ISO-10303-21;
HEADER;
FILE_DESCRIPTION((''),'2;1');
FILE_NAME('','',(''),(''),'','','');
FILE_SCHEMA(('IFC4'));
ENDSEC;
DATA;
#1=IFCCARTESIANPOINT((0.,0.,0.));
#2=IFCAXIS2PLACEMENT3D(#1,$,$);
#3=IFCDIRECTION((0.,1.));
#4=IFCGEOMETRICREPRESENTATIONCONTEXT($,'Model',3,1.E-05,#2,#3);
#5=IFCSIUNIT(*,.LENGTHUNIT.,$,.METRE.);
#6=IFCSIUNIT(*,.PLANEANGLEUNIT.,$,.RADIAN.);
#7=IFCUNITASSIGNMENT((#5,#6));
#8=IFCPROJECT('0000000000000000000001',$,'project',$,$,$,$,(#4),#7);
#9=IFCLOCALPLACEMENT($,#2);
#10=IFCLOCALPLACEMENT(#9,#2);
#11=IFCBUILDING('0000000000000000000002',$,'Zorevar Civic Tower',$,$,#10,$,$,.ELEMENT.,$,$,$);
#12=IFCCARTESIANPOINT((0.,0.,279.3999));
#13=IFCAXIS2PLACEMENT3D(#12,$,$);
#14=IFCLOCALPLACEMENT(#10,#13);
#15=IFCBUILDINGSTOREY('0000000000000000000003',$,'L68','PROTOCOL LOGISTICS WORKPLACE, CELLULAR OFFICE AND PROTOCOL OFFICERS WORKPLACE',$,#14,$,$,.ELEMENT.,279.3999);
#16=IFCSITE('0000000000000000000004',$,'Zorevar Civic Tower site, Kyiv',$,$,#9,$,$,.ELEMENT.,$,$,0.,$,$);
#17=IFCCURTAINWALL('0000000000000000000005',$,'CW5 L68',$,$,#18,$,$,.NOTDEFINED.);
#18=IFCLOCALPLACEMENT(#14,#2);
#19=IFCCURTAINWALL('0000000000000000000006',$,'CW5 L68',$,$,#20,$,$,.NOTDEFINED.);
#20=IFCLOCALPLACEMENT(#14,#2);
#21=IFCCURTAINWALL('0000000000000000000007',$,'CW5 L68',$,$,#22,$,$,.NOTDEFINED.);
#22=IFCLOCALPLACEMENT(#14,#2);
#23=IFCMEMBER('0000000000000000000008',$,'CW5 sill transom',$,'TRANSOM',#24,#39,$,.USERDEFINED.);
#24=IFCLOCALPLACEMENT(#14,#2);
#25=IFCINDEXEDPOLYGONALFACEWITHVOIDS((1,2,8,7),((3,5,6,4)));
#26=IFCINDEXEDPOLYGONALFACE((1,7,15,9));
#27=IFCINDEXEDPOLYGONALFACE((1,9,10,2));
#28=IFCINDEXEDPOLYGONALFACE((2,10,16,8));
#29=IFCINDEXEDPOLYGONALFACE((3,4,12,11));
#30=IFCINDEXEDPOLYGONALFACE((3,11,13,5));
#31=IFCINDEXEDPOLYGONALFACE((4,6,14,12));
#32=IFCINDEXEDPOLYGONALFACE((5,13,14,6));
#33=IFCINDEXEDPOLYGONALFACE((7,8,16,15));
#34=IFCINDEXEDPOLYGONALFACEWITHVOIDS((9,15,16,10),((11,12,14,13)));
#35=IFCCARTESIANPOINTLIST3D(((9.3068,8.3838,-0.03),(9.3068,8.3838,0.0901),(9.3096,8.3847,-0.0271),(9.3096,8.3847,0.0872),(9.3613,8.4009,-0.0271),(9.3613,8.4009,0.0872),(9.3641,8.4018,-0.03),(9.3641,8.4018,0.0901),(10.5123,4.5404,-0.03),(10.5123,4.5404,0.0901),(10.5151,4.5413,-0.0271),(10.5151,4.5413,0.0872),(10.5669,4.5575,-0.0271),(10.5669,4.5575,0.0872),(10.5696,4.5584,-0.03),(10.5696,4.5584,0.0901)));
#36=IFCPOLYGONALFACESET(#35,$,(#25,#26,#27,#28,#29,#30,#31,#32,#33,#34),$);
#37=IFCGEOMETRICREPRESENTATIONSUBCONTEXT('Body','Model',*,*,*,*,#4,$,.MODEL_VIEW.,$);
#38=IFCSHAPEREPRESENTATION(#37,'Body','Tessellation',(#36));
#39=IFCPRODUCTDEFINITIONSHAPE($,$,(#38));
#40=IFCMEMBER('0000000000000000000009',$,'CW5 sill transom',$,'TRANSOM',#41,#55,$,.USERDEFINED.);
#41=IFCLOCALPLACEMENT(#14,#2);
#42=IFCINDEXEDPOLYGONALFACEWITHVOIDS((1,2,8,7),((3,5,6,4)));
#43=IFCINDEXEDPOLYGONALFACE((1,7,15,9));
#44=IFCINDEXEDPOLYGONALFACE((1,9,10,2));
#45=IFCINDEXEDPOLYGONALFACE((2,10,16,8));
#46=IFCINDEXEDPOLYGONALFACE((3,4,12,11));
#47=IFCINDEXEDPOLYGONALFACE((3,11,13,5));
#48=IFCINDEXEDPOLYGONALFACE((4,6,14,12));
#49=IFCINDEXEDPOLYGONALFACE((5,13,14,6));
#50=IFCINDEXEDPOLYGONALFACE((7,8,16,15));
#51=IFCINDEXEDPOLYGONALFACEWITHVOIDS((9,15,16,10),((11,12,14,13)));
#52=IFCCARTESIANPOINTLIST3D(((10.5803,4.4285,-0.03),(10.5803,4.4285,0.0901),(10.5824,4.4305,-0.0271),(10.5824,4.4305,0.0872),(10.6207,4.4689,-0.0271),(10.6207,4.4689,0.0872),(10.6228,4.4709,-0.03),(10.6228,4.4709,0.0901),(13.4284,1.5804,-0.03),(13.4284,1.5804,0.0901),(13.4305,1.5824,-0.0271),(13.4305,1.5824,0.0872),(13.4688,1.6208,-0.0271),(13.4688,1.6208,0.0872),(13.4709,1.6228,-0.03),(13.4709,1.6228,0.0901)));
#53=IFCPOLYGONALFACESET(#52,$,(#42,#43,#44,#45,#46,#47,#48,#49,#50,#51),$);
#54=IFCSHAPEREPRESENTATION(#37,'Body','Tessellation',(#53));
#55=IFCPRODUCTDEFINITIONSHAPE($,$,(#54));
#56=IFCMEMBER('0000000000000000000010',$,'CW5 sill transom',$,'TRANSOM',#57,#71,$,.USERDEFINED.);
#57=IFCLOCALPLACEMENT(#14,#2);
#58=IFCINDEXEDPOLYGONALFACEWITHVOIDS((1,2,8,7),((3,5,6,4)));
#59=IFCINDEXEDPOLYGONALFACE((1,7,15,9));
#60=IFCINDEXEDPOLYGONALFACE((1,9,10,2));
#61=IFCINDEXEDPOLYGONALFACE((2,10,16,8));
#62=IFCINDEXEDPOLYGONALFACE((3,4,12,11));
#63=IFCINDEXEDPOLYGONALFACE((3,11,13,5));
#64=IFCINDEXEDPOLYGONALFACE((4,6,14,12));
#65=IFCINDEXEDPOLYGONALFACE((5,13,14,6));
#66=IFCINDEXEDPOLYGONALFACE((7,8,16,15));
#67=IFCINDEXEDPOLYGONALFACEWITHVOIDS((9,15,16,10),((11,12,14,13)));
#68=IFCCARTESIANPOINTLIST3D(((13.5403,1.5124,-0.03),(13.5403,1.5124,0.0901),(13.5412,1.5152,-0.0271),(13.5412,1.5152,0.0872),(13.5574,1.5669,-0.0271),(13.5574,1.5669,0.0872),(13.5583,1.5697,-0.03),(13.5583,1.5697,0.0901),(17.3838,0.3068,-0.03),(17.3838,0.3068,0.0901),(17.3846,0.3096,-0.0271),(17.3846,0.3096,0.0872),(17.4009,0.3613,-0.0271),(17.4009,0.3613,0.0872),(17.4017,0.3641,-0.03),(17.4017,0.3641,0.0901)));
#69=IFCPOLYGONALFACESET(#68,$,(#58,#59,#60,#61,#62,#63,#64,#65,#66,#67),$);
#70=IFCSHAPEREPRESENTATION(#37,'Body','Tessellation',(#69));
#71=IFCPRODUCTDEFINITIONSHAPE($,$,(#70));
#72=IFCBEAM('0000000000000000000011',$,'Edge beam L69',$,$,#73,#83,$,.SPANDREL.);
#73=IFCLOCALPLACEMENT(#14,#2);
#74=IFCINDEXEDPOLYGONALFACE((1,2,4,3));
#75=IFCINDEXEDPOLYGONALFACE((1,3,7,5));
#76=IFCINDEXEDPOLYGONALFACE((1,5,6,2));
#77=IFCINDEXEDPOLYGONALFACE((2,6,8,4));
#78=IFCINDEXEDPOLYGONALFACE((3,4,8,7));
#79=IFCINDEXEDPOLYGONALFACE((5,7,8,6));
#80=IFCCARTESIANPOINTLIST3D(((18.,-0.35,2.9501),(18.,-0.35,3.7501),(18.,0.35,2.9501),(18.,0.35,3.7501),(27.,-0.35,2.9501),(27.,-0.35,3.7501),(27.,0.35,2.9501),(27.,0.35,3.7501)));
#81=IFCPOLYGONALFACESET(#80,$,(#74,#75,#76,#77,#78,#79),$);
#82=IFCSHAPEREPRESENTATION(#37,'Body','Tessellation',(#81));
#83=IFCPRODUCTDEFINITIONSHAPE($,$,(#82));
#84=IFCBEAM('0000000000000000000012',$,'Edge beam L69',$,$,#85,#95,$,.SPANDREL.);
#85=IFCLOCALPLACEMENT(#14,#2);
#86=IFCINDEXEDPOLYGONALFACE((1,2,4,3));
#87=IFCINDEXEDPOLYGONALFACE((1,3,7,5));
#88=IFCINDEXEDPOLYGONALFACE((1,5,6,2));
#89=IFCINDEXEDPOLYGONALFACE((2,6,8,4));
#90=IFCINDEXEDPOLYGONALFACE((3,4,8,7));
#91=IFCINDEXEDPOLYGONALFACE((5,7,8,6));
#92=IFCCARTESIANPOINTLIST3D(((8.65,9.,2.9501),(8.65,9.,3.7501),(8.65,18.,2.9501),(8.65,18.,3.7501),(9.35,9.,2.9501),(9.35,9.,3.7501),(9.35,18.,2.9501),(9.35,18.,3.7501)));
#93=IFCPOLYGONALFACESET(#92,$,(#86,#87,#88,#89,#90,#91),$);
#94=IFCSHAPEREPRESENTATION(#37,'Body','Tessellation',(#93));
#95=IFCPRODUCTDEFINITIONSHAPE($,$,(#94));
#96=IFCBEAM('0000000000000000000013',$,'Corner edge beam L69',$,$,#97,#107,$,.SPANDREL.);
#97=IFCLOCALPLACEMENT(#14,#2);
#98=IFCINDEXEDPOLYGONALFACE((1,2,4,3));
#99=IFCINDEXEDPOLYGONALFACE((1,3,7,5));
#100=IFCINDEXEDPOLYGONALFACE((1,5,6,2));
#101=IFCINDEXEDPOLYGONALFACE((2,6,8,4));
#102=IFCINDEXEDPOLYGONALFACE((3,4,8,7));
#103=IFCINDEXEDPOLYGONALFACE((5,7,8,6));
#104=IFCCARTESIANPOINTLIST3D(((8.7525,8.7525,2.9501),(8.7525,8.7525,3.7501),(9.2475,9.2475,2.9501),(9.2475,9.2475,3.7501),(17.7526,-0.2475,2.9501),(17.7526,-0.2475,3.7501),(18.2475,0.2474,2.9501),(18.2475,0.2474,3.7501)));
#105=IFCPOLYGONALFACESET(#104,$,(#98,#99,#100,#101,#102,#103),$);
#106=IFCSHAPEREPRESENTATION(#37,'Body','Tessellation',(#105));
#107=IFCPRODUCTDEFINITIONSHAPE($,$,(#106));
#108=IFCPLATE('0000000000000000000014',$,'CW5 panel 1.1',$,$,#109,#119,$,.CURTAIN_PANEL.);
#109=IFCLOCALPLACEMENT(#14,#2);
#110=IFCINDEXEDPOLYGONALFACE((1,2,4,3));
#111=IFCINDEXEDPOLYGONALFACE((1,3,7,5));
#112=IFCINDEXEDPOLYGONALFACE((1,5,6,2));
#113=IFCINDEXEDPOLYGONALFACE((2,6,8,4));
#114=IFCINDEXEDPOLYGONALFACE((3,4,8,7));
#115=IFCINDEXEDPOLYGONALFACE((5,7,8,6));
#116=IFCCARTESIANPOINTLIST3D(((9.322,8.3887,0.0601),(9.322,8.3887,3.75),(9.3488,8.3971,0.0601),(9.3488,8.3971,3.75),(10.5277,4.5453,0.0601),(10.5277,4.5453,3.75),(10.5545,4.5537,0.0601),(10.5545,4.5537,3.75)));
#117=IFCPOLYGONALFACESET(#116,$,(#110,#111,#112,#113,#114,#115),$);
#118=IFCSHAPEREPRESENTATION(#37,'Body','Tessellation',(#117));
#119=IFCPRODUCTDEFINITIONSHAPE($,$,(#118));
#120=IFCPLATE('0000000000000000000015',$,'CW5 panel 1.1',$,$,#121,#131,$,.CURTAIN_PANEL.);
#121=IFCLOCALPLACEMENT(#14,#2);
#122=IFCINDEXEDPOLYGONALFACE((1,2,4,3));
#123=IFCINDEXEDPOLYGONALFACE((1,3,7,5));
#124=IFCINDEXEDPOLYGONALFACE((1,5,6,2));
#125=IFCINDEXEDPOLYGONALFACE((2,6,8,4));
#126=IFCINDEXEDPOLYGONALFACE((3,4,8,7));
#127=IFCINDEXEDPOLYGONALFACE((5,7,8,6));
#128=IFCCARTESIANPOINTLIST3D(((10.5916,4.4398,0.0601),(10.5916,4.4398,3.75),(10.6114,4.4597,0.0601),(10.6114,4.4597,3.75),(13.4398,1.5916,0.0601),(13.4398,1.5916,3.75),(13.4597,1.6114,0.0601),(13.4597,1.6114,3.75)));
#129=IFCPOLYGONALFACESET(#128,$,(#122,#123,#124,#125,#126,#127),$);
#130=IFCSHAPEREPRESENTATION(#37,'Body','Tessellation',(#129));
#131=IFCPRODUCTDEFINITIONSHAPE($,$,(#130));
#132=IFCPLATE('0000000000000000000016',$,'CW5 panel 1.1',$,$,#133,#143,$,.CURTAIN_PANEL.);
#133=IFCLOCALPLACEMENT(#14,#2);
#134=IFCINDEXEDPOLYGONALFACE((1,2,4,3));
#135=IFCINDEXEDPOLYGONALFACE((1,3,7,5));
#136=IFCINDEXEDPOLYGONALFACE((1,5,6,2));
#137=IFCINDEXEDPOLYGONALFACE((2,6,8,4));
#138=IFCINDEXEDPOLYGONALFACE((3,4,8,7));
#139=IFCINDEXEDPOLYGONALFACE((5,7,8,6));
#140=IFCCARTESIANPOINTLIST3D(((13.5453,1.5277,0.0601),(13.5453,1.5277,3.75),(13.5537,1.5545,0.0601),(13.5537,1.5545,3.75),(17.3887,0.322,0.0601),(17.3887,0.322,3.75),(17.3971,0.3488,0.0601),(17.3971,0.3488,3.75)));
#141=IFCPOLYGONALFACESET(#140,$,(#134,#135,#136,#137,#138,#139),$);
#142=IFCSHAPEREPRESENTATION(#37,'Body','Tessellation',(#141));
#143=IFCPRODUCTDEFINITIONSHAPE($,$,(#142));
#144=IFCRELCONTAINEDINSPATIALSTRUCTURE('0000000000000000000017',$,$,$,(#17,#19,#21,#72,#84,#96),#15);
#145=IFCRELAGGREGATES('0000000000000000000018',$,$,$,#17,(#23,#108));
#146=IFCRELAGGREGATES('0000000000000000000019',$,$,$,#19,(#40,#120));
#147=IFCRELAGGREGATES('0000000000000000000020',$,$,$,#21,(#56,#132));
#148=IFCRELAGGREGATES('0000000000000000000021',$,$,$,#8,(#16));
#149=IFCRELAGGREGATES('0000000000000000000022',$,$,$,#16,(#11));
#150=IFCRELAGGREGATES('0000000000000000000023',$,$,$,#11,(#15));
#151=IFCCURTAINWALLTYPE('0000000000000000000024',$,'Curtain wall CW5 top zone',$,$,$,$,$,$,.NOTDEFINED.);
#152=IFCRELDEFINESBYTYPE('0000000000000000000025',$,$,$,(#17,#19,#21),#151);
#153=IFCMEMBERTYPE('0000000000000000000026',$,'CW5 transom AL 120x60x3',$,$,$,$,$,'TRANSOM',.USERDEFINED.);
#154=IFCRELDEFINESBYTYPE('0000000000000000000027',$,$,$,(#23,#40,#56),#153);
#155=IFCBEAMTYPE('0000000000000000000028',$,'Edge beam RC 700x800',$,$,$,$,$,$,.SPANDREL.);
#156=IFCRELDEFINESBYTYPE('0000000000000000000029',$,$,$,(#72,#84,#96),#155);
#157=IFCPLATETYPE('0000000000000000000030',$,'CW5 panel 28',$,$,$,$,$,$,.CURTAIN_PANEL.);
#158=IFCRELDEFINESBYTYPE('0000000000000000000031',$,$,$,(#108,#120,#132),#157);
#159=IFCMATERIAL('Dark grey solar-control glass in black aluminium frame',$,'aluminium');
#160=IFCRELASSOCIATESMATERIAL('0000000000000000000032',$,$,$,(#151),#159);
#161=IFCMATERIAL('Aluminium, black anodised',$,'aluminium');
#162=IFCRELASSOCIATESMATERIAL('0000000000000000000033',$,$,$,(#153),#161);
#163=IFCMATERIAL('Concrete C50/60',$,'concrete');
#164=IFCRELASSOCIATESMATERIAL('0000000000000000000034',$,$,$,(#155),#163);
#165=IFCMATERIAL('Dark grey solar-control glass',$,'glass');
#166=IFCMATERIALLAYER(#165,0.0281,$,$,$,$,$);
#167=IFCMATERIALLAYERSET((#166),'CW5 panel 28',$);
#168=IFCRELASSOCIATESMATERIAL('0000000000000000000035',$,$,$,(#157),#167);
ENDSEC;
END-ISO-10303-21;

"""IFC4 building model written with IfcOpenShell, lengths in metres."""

from ifc_helpers import new_model, si_unit, direction, frame, origin, origin_2d, place, context, subcontext, project, spatial, rectangle, hollow_rectangle, extrude, material, layer, layer_set, material_profile, profile_set, type_object, element, aggregate, save


model = new_model("IFC4")

# Units and contexts
model_context = context("Model", 3, precision=1e-05, world=origin(), true_north=direction((0.0, 1.0)))
body_context = subcontext(model_context, "Body", "Model", "MODEL_VIEW")
ifc_project = project(units=[si_unit("LENGTHUNIT", "METRE"), si_unit("PLANEANGLEUNIT", "RADIAN")], contexts=[model_context])

# Site, building, storey
site_placement = place(None, origin())
site = spatial("IfcSite", under=ifc_project, at=site_placement, Name="Zorevar Civic Tower site, Kyiv", CompositionType="ELEMENT", RefElevation=0.0)
building_placement = place(site_placement, origin())
building = spatial("IfcBuilding", under=site, at=building_placement, Name="Zorevar Civic Tower", CompositionType="ELEMENT")
storey_placement = place(building_placement, frame((0.0, 0.0, 279.3999)))
storey = spatial("IfcBuildingStorey", under=building, at=storey_placement, Name="L68", Description="PROTOCOL LOGISTICS WORKPLACE, CELLULAR OFFICE AND PROTOCOL OFFICERS WORKPLACE", CompositionType="ELEMENT", Elevation=279.3999)

# Shared definitions
ifc_material_1 = material(Name="Dark grey solar-control glass in black aluminium frame", Category="aluminium")
curtain_wall_type = type_object("IfcCurtainWallType", Name="Curtain wall CW5 top zone", PredefinedType="NOTDEFINED", material=ifc_material_1)

# Curtain walls
curtain_wall_1_placement = place(storey_placement, origin())
curtain_wall_1 = element("IfcCurtainWall", 1, at=curtain_wall_1_placement, inside=storey, type_object=curtain_wall_type, Name="CW5 L68", PredefinedType="NOTDEFINED")
curtain_wall_2_placement = place(storey_placement, origin())
curtain_wall_2 = element("IfcCurtainWall", 2, at=curtain_wall_2_placement, inside=storey, type_object=curtain_wall_type, Name="CW5 L68", PredefinedType="NOTDEFINED")
curtain_wall_3_placement = place(storey_placement, origin())
curtain_wall_3 = element("IfcCurtainWall", 3, at=curtain_wall_3_placement, inside=storey, type_object=curtain_wall_type, Name="CW5 L68", PredefinedType="NOTDEFINED")

# Members
ifc_material_2 = material(Name="Aluminium, black anodised", Category="aluminium")
ifc_material_profile_1 = material_profile(ifc_material_2, hollow_rectangle(XDim=0.0601, YDim=0.1201, WallThickness=0.0029, at=origin_2d()), Name="AL 120x60x3")
ifc_profile_set_1 = profile_set([ifc_material_profile_1], Name="Aluminium, black anodised")
member_type_1 = type_object("IfcMemberType", Name="CW5 transom AL 120x60x3", ElementType="TRANSOM", PredefinedType="USERDEFINED", material=ifc_profile_set_1)
member_1_placement = place(storey_placement, frame((9.3354, 8.3928, 0.03), z_axis=(0.299286, -0.954163, 0.0), x_axis=(0.954163, 0.299286, 0.0)))
member_1 = element("IfcMember", 4, at=member_1_placement, type_object=member_type_1, Name="CW5 sill transom", ObjectType="TRANSOM", PredefinedType="USERDEFINED", context=body_context, shape_type="SweptSolid", body=[
    extrude(hollow_rectangle(XDim=0.0601, YDim=0.1201, WallThickness=0.0029, at=origin_2d()), origin(), (0.0, 0.0, 1.0), 4.0281),
])
member_2_placement = place(storey_placement, frame((10.6016, 4.4497, 0.03), z_axis=(0.707107, -0.707107, 0.0), x_axis=(0.707107, 0.707107, 0.0)))
member_2 = element("IfcMember", 5, at=member_2_placement, type_object=member_type_1, Name="CW5 sill transom", ObjectType="TRANSOM", PredefinedType="USERDEFINED", context=body_context, shape_type="SweptSolid", body=[
    extrude(hollow_rectangle(XDim=0.0601, YDim=0.1201, WallThickness=0.0029, at=origin_2d()), origin(), (0.0, 0.0, 1.0), 4.0278),
])
member_3_placement = place(storey_placement, frame((13.5493, 1.541, 0.03), z_axis=(0.954163, -0.299286, 0.0), x_axis=(0.299286, 0.954163, 0.0)))
member_3 = element("IfcMember", 6, at=member_3_placement, type_object=member_type_1, Name="CW5 sill transom", ObjectType="TRANSOM", PredefinedType="USERDEFINED", context=body_context, shape_type="SweptSolid", body=[
    extrude(hollow_rectangle(XDim=0.0601, YDim=0.1201, WallThickness=0.0029, at=origin_2d()), origin(), (0.0, 0.0, 1.0), 4.0281),
])

# Beams
ifc_material_3 = material(Name="Concrete C50/60", Category="concrete")
ifc_material_profile_2 = material_profile(ifc_material_3, rectangle(XDim=0.7, YDim=0.8, at=origin_2d()), Name="RC 700x800")
ifc_profile_set_2 = profile_set([ifc_material_profile_2], Name="Concrete C50/60")
beam_type_1 = type_object("IfcBeamType", Name="Edge beam RC 700x800", PredefinedType="SPANDREL", material=ifc_profile_set_2)
for number, where, z_axis, x_axis, name in (
    (7, (18.0, 0.0, 3.3501), (1.0, 0.0, 0.0), (0.0, 1.0, 0.0), "Edge beam L69"),
    (8, (9.0, 9.0, 3.3501), (0.0, 1.0, 0.0), (-1.0, 0.0, 0.0), "Edge beam L69"),
):
    element("IfcBeam", number, at=place(storey_placement, frame(where, z_axis=z_axis, x_axis=x_axis)), inside=storey, type_object=beam_type_1, Name=name, PredefinedType="SPANDREL", context=body_context, shape_type="SweptSolid", body=[
        extrude(rectangle(XDim=0.7, YDim=0.8, at=origin_2d()), origin(), (0.0, 0.0, 1.0), 9.0),
    ])
beam_1_placement = place(storey_placement, frame((9.0, 9.0, 3.3501), z_axis=(0.707107, -0.707107, 0.0), x_axis=(0.707107, 0.707107, 0.0)))
element("IfcBeam", 9, at=beam_1_placement, inside=storey, type_object=beam_type_1, Name="Corner edge beam L69", PredefinedType="SPANDREL", context=body_context, shape_type="SweptSolid", body=[
    extrude(rectangle(XDim=0.7, YDim=0.8, at=origin_2d()), origin(), (0.0, 0.0, 1.0), 12.728),
])

# Plates
ifc_material_4 = material(Name="Dark grey solar-control glass", Category="glass")
ifc_layer = layer(ifc_material_4, 0.0281)
ifc_layer_set = layer_set([ifc_layer], Name="CW5 panel 28")
plate_type = type_object("IfcPlateType", Name="CW5 panel 28", PredefinedType="CURTAIN_PANEL", material=ifc_layer_set)
plate_1_placement = place(storey_placement, frame((9.9382, 6.4712, 0.0601), z_axis=(0.0, 0.0, 1.0), x_axis=(0.299318, -0.954153, 0.0)))
plate_1 = element("IfcPlate", 10, at=plate_1_placement, type_object=plate_type, Name="CW5 panel 1.1", PredefinedType="CURTAIN_PANEL", context=body_context, shape_type="SweptSolid", body=[
    extrude(rectangle(XDim=4.0281, YDim=0.0281, at=origin_2d()), origin(), (0.0, 0.0, 1.0), 3.6899),
])
aggregate(curtain_wall_1, [member_1, plate_1])
plate_2_placement = place(storey_placement, frame((12.0256, 3.0256, 0.0601), z_axis=(0.0, 0.0, 1.0), x_axis=(0.707107, -0.707107, 0.0)))
plate_2 = element("IfcPlate", 11, at=plate_2_placement, type_object=plate_type, Name="CW5 panel 1.1", PredefinedType="CURTAIN_PANEL", context=body_context, shape_type="SweptSolid", body=[
    extrude(rectangle(XDim=4.0281, YDim=0.0281, at=origin_2d()), origin(), (0.0, 0.0, 1.0), 3.6899),
])
aggregate(curtain_wall_2, [member_2, plate_2])
plate_3_placement = place(storey_placement, frame((15.4712, 0.9382, 0.0601), z_axis=(0.0, 0.0, 1.0), x_axis=(0.954153, -0.299318, 0.0)))
plate_3 = element("IfcPlate", 12, at=plate_3_placement, type_object=plate_type, Name="CW5 panel 1.1", PredefinedType="CURTAIN_PANEL", context=body_context, shape_type="SweptSolid", body=[
    extrude(rectangle(XDim=4.0281, YDim=0.0281, at=origin_2d()), origin(), (0.0, 0.0, 1.0), 3.6899),
])
aggregate(curtain_wall_3, [member_3, plate_3])

save(model, "model.ifc")
